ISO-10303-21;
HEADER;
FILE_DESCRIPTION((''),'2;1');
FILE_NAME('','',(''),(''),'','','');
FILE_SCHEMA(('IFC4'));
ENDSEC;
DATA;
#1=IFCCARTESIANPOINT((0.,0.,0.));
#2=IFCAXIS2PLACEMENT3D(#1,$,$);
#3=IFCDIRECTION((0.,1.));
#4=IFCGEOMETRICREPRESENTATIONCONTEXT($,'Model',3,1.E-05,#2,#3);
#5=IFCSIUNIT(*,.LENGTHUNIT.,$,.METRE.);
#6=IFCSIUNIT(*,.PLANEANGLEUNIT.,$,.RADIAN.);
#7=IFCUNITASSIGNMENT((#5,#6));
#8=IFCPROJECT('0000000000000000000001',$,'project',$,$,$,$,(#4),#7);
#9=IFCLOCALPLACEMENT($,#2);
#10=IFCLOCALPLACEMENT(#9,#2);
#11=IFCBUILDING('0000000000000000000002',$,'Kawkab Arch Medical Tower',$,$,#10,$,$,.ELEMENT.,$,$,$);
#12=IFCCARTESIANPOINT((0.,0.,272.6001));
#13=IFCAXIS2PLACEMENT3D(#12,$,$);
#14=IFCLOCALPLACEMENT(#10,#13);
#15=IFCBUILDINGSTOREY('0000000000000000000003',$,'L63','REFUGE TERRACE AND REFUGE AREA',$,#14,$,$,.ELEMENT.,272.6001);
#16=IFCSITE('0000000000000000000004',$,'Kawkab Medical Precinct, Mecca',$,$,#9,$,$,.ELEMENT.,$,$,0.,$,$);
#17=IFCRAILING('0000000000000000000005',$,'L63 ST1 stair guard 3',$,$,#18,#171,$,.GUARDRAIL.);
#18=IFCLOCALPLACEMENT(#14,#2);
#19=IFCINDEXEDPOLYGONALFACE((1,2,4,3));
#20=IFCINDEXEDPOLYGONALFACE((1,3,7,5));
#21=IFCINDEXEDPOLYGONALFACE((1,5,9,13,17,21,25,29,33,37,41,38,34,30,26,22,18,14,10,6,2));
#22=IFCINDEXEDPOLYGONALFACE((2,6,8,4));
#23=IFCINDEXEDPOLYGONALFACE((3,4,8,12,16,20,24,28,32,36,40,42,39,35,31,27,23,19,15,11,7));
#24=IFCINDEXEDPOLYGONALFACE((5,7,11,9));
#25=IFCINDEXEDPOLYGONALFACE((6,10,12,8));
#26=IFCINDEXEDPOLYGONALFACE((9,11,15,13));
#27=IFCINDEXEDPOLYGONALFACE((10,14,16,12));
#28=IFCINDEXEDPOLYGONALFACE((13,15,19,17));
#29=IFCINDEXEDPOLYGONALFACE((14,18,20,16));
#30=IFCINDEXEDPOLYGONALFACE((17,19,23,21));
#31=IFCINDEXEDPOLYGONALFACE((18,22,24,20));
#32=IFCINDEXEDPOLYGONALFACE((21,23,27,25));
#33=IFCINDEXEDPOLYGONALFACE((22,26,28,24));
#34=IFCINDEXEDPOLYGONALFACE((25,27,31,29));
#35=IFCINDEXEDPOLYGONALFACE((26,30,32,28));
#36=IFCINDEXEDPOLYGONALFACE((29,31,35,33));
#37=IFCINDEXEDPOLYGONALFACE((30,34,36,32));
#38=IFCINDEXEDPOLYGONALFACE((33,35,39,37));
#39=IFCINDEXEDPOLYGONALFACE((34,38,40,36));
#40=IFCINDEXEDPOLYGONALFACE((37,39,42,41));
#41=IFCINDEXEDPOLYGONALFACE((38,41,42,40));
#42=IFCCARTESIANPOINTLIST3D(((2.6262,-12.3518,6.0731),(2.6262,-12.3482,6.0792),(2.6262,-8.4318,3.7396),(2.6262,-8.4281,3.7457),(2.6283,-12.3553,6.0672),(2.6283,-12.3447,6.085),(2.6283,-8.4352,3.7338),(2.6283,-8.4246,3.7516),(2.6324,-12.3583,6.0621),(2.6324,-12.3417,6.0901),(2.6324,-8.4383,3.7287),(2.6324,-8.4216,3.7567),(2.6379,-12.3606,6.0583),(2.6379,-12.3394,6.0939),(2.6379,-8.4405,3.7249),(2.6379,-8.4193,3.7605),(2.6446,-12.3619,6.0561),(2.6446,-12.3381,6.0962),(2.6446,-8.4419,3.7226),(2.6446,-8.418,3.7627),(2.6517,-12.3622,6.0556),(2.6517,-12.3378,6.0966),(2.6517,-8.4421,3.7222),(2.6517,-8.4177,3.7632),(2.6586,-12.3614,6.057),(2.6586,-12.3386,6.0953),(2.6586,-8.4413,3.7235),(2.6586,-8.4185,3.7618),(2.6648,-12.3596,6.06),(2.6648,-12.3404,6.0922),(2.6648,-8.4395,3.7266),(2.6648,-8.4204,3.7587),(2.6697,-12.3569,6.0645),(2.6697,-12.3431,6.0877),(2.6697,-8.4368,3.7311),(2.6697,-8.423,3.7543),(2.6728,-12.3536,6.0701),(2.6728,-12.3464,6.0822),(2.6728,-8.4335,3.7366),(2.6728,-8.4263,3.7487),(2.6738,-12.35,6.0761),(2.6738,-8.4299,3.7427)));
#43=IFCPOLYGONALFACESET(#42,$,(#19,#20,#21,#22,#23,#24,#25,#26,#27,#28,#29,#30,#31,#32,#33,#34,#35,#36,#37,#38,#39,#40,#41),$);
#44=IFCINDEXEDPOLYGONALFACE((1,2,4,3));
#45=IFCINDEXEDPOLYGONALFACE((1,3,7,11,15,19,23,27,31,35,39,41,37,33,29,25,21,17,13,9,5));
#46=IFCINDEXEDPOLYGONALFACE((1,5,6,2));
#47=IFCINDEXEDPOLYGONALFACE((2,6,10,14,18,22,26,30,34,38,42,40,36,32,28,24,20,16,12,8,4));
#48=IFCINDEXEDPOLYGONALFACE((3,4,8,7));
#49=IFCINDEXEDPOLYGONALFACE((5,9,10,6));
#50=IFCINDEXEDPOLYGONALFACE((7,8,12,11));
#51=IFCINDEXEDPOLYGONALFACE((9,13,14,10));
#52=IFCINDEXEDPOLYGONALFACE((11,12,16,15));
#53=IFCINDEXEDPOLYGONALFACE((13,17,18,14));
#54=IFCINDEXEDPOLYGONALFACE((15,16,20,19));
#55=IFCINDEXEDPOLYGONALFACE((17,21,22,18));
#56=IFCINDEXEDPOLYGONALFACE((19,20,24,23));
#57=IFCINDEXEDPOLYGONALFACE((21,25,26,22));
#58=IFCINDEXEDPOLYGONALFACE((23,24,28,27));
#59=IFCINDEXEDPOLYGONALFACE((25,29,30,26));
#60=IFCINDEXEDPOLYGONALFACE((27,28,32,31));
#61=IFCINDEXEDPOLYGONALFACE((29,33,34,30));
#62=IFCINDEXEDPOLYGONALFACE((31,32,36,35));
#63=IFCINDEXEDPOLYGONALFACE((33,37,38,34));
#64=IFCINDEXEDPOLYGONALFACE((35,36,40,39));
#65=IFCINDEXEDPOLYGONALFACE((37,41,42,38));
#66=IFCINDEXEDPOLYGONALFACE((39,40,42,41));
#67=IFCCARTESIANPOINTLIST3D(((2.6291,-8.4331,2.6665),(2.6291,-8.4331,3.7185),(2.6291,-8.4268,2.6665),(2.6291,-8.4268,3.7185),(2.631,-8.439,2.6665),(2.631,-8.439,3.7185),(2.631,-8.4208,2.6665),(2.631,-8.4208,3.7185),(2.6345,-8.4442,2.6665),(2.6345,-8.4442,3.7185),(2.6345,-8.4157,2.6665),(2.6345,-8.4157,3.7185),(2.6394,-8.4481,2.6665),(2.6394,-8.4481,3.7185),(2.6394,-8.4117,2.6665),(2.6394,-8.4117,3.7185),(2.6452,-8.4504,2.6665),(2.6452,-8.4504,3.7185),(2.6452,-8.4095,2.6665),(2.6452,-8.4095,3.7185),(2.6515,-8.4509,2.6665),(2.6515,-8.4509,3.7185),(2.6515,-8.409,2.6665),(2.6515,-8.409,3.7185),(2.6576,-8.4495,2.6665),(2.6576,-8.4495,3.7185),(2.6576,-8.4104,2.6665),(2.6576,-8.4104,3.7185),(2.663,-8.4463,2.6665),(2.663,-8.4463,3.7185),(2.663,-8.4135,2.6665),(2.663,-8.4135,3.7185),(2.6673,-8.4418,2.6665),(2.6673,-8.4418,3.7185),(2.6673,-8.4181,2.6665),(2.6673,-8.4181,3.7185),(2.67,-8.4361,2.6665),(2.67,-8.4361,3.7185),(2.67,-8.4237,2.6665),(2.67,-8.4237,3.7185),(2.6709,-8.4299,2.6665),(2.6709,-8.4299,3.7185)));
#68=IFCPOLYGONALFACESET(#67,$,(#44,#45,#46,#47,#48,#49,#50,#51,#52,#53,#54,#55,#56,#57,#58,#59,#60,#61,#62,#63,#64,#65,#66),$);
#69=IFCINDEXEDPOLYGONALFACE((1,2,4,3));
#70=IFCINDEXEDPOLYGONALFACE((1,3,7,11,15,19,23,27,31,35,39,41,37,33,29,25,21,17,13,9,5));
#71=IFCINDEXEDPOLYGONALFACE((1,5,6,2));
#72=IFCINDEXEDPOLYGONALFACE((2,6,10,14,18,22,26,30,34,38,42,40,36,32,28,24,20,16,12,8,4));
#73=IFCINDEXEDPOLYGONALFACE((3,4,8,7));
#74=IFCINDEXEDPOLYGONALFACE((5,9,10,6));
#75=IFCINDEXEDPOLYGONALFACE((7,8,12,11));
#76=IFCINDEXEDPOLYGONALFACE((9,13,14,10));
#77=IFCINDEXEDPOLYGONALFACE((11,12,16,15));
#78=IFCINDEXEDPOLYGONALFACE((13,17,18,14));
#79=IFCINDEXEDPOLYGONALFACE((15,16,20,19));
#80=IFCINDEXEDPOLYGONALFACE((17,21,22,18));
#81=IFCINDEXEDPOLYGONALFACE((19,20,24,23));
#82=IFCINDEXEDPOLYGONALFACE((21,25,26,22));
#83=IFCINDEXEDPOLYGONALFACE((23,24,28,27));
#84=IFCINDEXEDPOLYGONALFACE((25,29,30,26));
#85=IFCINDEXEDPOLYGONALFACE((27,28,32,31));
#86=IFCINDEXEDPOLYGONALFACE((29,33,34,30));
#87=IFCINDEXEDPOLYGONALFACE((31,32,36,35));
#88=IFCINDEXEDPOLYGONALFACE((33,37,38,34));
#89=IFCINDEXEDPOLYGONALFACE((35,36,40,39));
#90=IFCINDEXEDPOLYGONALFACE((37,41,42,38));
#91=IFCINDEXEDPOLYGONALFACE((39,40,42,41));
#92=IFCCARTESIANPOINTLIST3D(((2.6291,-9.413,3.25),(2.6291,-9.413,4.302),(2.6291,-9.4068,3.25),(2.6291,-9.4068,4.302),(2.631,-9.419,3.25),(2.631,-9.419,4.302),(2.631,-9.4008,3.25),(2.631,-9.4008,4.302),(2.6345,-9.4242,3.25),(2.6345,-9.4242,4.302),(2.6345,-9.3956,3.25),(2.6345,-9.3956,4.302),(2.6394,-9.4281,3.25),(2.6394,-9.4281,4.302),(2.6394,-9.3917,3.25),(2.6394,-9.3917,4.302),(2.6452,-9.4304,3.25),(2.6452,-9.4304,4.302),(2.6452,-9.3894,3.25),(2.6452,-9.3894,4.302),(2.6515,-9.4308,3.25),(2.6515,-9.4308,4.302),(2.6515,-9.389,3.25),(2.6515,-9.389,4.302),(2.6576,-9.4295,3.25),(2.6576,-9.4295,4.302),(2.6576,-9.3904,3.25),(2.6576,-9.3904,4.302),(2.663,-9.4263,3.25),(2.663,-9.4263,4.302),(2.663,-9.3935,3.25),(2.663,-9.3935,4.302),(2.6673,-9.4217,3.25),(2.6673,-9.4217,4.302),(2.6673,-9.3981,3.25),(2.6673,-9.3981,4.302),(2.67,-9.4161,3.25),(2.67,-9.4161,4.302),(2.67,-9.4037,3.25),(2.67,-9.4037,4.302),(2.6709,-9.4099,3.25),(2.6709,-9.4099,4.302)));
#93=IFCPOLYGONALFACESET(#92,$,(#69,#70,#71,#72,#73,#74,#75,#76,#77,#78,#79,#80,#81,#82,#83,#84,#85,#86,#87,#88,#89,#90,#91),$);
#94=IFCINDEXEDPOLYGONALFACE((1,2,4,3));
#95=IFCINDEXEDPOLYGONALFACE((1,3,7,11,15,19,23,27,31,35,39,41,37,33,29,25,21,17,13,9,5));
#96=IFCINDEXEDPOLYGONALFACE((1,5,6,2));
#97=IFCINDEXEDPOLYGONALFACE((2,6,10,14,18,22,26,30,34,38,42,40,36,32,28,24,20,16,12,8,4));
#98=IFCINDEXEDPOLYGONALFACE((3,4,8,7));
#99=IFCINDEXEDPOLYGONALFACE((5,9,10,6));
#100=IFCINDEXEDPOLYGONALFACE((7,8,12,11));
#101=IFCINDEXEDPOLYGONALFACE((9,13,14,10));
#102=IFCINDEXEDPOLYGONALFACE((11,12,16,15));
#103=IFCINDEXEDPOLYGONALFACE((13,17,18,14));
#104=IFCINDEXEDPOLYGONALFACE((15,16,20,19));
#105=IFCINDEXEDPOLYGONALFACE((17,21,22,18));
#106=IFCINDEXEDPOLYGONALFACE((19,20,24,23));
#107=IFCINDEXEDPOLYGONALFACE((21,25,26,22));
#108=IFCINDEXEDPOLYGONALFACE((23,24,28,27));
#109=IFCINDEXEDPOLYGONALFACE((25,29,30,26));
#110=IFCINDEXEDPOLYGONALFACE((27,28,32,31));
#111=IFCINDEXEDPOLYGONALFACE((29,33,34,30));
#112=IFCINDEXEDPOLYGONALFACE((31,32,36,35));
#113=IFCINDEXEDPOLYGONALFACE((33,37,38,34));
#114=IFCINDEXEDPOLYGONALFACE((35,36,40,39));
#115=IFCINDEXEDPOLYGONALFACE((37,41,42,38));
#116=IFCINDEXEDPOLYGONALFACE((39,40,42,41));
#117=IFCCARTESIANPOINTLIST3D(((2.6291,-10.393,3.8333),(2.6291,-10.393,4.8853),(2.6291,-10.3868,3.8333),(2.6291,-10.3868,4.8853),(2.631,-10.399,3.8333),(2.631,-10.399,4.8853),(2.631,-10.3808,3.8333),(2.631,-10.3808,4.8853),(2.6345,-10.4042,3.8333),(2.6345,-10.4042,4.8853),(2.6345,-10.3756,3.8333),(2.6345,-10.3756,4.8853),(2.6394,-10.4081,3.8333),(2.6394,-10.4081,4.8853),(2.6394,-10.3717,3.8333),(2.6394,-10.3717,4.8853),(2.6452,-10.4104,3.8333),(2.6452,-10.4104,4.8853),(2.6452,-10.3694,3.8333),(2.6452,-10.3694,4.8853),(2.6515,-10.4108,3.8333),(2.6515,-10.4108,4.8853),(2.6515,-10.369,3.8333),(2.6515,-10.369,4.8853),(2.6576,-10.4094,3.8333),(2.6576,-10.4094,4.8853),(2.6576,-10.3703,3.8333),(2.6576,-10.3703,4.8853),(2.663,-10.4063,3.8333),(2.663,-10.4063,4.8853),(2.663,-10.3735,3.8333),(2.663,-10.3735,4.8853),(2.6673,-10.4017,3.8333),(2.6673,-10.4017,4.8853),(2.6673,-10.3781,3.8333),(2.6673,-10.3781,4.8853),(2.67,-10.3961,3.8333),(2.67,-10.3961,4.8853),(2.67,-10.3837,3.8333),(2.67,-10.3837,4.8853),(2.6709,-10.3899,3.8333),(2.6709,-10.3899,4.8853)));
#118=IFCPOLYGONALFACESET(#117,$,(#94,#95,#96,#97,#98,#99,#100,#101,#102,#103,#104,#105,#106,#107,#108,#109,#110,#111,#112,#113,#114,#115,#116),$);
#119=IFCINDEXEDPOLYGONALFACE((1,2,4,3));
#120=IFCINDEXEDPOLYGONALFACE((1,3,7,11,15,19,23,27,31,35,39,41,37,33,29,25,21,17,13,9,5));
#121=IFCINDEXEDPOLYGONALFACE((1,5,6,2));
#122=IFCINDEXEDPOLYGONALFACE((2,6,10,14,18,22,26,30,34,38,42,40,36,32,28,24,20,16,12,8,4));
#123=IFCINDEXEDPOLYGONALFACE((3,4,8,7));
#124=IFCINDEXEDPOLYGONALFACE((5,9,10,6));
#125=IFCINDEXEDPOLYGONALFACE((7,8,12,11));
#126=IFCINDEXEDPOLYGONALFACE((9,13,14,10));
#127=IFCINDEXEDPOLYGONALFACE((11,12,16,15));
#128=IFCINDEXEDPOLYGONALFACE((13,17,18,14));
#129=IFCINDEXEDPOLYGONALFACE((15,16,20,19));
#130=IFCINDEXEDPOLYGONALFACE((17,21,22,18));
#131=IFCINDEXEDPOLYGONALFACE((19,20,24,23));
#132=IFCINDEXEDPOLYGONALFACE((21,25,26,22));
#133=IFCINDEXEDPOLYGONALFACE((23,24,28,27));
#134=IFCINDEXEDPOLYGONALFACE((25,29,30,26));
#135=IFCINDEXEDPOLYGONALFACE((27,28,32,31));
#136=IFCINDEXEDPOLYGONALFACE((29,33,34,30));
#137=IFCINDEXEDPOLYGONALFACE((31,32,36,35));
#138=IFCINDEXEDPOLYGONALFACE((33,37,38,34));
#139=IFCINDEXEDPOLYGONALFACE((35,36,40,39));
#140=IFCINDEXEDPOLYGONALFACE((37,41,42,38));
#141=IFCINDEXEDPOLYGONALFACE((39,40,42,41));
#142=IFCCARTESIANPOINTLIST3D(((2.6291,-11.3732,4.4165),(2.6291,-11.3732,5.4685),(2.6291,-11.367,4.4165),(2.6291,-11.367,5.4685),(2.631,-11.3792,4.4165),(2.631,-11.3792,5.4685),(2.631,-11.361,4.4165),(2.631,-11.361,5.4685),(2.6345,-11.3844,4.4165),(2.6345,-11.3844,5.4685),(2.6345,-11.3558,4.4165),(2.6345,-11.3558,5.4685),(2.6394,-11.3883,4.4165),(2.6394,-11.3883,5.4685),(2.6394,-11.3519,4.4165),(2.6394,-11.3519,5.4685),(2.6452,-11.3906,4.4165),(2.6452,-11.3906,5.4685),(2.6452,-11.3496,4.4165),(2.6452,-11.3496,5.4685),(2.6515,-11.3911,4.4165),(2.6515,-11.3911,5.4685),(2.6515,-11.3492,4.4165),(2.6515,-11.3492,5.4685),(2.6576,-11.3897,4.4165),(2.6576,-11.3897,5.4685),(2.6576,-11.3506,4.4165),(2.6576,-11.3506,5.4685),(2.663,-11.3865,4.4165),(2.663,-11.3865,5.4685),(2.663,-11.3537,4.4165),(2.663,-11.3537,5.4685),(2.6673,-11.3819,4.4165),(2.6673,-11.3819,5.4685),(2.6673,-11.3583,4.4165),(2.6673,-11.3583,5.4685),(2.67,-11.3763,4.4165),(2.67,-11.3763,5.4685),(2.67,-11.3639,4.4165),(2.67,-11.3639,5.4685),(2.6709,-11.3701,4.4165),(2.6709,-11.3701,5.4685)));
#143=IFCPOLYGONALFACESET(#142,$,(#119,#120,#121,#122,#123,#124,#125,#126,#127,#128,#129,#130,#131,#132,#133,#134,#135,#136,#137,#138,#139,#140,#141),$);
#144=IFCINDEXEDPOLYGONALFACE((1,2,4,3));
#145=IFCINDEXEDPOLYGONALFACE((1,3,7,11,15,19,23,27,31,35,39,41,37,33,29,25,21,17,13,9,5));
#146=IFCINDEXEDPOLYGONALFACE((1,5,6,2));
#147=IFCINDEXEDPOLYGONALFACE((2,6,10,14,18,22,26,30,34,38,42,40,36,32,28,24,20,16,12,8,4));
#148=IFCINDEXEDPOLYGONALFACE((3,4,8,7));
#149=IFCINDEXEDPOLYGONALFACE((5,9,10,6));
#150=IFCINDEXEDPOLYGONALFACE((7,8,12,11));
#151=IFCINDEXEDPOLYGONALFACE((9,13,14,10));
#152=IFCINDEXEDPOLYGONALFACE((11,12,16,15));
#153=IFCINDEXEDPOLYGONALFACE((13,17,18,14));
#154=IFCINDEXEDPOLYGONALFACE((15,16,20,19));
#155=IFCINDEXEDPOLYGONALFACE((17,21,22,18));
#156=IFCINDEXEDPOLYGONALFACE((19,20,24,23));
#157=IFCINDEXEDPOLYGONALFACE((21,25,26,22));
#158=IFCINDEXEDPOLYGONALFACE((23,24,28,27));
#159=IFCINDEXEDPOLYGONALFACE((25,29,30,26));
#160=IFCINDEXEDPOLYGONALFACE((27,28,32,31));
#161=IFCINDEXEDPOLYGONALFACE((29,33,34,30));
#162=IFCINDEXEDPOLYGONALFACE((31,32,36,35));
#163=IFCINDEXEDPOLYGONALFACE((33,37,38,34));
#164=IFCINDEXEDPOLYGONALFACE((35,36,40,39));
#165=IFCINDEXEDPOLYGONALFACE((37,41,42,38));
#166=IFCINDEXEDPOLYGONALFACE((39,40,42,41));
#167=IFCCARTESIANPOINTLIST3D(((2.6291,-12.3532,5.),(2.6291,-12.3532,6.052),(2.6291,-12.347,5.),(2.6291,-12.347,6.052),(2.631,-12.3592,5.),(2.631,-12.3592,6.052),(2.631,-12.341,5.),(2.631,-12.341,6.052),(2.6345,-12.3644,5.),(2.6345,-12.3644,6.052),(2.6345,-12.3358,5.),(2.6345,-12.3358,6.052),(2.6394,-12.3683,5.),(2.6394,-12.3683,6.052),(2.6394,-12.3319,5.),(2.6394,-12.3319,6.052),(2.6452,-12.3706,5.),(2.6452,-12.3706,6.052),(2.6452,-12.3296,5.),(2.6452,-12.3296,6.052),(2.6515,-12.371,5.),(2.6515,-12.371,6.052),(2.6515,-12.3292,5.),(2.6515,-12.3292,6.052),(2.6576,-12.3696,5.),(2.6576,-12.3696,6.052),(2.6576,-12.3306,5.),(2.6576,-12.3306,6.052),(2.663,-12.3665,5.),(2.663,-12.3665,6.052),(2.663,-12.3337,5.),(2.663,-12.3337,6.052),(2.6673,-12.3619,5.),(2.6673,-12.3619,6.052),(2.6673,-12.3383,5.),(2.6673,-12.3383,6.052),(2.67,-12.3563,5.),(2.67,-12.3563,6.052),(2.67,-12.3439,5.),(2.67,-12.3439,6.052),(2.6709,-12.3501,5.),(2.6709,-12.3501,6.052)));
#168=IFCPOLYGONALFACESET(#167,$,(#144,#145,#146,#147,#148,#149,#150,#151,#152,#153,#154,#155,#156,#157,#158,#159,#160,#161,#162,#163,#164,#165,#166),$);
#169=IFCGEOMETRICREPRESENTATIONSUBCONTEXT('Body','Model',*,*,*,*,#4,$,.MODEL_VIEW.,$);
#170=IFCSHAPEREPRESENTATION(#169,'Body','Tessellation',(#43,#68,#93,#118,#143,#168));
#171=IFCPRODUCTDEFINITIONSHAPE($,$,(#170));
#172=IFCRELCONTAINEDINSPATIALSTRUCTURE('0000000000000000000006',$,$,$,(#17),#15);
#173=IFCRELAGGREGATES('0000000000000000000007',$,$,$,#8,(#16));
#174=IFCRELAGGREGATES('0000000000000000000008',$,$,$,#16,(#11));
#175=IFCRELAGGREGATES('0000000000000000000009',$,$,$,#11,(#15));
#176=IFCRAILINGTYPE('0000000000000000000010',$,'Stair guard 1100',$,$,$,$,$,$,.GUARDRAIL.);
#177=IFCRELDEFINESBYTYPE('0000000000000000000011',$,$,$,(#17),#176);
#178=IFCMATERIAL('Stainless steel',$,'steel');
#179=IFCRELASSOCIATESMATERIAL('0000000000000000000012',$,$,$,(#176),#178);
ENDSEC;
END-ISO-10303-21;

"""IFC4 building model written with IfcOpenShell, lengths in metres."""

from ifc_helpers import new_model, si_unit, direction, frame, origin, origin_2d, place, context, subcontext, project, spatial, circle, extrude, material, type_object, element, save


model = new_model("IFC4")

# Units and contexts
model_context = context("Model", 3, precision=1e-05, world=origin(), true_north=direction((0.0, 1.0)))
body_context = subcontext(model_context, "Body", "Model", "MODEL_VIEW")
ifc_project = project(units=[si_unit("LENGTHUNIT", "METRE"), si_unit("PLANEANGLEUNIT", "RADIAN")], contexts=[model_context])

# Site, building, storey
site_placement = place(None, origin())
site = spatial("IfcSite", under=ifc_project, at=site_placement, Name="Kawkab Medical Precinct, Mecca", CompositionType="ELEMENT", RefElevation=0.0)
building_placement = place(site_placement, origin())
building = spatial("IfcBuilding", under=site, at=building_placement, Name="Kawkab Arch Medical Tower", CompositionType="ELEMENT")
storey_placement = place(building_placement, frame((0.0, 0.0, 272.6001)))
storey = spatial("IfcBuildingStorey", under=building, at=storey_placement, Name="L63", Description="REFUGE TERRACE AND REFUGE AREA", CompositionType="ELEMENT", Elevation=272.6001)

# Railing
ifc_material_1 = material(Name="Stainless steel", Category="steel")
railing_type = type_object("IfcRailingType", Name="Stair guard 1100", PredefinedType="GUARDRAIL", material=ifc_material_1)
railing_1_placement = place(storey_placement, frame((2.6499, -8.4299, 2.6665)))
element("IfcRailing", 1, at=railing_1_placement, inside=storey, type_object=railing_type, Name="L63 ST1 stair guard 3", PredefinedType="GUARDRAIL", context=body_context, shape_type="SweptSolid", body=[
    extrude(circle(Radius=0.0239, at=origin_2d()), frame((0.0, 0.0, 1.0762), z_axis=(0.0, -0.859287, 0.511494), x_axis=(1.0, 0.0, 0.0)), (0.0, 0.0, 1.0), 4.562),
    extrude(circle(Radius=0.021, at=origin_2d()), origin(), (0.0, 0.0, 1.0), 1.052),
    extrude(circle(Radius=0.021, at=origin_2d()), frame((0.0, -0.98, 0.5835)), (0.0, 0.0, 1.0), 1.052),
    extrude(circle(Radius=0.021, at=origin_2d()), frame((0.0, -1.96, 1.1667)), (0.0, 0.0, 1.0), 1.052),
    extrude(circle(Radius=0.021, at=origin_2d()), frame((0.0, -2.9402, 1.75)), (0.0, 0.0, 1.0), 1.052),
    extrude(circle(Radius=0.021, at=origin_2d()), frame((0.0, -3.9202, 2.3335)), (0.0, 0.0, 1.0), 1.052),
])

save(model, "model.ifc")
